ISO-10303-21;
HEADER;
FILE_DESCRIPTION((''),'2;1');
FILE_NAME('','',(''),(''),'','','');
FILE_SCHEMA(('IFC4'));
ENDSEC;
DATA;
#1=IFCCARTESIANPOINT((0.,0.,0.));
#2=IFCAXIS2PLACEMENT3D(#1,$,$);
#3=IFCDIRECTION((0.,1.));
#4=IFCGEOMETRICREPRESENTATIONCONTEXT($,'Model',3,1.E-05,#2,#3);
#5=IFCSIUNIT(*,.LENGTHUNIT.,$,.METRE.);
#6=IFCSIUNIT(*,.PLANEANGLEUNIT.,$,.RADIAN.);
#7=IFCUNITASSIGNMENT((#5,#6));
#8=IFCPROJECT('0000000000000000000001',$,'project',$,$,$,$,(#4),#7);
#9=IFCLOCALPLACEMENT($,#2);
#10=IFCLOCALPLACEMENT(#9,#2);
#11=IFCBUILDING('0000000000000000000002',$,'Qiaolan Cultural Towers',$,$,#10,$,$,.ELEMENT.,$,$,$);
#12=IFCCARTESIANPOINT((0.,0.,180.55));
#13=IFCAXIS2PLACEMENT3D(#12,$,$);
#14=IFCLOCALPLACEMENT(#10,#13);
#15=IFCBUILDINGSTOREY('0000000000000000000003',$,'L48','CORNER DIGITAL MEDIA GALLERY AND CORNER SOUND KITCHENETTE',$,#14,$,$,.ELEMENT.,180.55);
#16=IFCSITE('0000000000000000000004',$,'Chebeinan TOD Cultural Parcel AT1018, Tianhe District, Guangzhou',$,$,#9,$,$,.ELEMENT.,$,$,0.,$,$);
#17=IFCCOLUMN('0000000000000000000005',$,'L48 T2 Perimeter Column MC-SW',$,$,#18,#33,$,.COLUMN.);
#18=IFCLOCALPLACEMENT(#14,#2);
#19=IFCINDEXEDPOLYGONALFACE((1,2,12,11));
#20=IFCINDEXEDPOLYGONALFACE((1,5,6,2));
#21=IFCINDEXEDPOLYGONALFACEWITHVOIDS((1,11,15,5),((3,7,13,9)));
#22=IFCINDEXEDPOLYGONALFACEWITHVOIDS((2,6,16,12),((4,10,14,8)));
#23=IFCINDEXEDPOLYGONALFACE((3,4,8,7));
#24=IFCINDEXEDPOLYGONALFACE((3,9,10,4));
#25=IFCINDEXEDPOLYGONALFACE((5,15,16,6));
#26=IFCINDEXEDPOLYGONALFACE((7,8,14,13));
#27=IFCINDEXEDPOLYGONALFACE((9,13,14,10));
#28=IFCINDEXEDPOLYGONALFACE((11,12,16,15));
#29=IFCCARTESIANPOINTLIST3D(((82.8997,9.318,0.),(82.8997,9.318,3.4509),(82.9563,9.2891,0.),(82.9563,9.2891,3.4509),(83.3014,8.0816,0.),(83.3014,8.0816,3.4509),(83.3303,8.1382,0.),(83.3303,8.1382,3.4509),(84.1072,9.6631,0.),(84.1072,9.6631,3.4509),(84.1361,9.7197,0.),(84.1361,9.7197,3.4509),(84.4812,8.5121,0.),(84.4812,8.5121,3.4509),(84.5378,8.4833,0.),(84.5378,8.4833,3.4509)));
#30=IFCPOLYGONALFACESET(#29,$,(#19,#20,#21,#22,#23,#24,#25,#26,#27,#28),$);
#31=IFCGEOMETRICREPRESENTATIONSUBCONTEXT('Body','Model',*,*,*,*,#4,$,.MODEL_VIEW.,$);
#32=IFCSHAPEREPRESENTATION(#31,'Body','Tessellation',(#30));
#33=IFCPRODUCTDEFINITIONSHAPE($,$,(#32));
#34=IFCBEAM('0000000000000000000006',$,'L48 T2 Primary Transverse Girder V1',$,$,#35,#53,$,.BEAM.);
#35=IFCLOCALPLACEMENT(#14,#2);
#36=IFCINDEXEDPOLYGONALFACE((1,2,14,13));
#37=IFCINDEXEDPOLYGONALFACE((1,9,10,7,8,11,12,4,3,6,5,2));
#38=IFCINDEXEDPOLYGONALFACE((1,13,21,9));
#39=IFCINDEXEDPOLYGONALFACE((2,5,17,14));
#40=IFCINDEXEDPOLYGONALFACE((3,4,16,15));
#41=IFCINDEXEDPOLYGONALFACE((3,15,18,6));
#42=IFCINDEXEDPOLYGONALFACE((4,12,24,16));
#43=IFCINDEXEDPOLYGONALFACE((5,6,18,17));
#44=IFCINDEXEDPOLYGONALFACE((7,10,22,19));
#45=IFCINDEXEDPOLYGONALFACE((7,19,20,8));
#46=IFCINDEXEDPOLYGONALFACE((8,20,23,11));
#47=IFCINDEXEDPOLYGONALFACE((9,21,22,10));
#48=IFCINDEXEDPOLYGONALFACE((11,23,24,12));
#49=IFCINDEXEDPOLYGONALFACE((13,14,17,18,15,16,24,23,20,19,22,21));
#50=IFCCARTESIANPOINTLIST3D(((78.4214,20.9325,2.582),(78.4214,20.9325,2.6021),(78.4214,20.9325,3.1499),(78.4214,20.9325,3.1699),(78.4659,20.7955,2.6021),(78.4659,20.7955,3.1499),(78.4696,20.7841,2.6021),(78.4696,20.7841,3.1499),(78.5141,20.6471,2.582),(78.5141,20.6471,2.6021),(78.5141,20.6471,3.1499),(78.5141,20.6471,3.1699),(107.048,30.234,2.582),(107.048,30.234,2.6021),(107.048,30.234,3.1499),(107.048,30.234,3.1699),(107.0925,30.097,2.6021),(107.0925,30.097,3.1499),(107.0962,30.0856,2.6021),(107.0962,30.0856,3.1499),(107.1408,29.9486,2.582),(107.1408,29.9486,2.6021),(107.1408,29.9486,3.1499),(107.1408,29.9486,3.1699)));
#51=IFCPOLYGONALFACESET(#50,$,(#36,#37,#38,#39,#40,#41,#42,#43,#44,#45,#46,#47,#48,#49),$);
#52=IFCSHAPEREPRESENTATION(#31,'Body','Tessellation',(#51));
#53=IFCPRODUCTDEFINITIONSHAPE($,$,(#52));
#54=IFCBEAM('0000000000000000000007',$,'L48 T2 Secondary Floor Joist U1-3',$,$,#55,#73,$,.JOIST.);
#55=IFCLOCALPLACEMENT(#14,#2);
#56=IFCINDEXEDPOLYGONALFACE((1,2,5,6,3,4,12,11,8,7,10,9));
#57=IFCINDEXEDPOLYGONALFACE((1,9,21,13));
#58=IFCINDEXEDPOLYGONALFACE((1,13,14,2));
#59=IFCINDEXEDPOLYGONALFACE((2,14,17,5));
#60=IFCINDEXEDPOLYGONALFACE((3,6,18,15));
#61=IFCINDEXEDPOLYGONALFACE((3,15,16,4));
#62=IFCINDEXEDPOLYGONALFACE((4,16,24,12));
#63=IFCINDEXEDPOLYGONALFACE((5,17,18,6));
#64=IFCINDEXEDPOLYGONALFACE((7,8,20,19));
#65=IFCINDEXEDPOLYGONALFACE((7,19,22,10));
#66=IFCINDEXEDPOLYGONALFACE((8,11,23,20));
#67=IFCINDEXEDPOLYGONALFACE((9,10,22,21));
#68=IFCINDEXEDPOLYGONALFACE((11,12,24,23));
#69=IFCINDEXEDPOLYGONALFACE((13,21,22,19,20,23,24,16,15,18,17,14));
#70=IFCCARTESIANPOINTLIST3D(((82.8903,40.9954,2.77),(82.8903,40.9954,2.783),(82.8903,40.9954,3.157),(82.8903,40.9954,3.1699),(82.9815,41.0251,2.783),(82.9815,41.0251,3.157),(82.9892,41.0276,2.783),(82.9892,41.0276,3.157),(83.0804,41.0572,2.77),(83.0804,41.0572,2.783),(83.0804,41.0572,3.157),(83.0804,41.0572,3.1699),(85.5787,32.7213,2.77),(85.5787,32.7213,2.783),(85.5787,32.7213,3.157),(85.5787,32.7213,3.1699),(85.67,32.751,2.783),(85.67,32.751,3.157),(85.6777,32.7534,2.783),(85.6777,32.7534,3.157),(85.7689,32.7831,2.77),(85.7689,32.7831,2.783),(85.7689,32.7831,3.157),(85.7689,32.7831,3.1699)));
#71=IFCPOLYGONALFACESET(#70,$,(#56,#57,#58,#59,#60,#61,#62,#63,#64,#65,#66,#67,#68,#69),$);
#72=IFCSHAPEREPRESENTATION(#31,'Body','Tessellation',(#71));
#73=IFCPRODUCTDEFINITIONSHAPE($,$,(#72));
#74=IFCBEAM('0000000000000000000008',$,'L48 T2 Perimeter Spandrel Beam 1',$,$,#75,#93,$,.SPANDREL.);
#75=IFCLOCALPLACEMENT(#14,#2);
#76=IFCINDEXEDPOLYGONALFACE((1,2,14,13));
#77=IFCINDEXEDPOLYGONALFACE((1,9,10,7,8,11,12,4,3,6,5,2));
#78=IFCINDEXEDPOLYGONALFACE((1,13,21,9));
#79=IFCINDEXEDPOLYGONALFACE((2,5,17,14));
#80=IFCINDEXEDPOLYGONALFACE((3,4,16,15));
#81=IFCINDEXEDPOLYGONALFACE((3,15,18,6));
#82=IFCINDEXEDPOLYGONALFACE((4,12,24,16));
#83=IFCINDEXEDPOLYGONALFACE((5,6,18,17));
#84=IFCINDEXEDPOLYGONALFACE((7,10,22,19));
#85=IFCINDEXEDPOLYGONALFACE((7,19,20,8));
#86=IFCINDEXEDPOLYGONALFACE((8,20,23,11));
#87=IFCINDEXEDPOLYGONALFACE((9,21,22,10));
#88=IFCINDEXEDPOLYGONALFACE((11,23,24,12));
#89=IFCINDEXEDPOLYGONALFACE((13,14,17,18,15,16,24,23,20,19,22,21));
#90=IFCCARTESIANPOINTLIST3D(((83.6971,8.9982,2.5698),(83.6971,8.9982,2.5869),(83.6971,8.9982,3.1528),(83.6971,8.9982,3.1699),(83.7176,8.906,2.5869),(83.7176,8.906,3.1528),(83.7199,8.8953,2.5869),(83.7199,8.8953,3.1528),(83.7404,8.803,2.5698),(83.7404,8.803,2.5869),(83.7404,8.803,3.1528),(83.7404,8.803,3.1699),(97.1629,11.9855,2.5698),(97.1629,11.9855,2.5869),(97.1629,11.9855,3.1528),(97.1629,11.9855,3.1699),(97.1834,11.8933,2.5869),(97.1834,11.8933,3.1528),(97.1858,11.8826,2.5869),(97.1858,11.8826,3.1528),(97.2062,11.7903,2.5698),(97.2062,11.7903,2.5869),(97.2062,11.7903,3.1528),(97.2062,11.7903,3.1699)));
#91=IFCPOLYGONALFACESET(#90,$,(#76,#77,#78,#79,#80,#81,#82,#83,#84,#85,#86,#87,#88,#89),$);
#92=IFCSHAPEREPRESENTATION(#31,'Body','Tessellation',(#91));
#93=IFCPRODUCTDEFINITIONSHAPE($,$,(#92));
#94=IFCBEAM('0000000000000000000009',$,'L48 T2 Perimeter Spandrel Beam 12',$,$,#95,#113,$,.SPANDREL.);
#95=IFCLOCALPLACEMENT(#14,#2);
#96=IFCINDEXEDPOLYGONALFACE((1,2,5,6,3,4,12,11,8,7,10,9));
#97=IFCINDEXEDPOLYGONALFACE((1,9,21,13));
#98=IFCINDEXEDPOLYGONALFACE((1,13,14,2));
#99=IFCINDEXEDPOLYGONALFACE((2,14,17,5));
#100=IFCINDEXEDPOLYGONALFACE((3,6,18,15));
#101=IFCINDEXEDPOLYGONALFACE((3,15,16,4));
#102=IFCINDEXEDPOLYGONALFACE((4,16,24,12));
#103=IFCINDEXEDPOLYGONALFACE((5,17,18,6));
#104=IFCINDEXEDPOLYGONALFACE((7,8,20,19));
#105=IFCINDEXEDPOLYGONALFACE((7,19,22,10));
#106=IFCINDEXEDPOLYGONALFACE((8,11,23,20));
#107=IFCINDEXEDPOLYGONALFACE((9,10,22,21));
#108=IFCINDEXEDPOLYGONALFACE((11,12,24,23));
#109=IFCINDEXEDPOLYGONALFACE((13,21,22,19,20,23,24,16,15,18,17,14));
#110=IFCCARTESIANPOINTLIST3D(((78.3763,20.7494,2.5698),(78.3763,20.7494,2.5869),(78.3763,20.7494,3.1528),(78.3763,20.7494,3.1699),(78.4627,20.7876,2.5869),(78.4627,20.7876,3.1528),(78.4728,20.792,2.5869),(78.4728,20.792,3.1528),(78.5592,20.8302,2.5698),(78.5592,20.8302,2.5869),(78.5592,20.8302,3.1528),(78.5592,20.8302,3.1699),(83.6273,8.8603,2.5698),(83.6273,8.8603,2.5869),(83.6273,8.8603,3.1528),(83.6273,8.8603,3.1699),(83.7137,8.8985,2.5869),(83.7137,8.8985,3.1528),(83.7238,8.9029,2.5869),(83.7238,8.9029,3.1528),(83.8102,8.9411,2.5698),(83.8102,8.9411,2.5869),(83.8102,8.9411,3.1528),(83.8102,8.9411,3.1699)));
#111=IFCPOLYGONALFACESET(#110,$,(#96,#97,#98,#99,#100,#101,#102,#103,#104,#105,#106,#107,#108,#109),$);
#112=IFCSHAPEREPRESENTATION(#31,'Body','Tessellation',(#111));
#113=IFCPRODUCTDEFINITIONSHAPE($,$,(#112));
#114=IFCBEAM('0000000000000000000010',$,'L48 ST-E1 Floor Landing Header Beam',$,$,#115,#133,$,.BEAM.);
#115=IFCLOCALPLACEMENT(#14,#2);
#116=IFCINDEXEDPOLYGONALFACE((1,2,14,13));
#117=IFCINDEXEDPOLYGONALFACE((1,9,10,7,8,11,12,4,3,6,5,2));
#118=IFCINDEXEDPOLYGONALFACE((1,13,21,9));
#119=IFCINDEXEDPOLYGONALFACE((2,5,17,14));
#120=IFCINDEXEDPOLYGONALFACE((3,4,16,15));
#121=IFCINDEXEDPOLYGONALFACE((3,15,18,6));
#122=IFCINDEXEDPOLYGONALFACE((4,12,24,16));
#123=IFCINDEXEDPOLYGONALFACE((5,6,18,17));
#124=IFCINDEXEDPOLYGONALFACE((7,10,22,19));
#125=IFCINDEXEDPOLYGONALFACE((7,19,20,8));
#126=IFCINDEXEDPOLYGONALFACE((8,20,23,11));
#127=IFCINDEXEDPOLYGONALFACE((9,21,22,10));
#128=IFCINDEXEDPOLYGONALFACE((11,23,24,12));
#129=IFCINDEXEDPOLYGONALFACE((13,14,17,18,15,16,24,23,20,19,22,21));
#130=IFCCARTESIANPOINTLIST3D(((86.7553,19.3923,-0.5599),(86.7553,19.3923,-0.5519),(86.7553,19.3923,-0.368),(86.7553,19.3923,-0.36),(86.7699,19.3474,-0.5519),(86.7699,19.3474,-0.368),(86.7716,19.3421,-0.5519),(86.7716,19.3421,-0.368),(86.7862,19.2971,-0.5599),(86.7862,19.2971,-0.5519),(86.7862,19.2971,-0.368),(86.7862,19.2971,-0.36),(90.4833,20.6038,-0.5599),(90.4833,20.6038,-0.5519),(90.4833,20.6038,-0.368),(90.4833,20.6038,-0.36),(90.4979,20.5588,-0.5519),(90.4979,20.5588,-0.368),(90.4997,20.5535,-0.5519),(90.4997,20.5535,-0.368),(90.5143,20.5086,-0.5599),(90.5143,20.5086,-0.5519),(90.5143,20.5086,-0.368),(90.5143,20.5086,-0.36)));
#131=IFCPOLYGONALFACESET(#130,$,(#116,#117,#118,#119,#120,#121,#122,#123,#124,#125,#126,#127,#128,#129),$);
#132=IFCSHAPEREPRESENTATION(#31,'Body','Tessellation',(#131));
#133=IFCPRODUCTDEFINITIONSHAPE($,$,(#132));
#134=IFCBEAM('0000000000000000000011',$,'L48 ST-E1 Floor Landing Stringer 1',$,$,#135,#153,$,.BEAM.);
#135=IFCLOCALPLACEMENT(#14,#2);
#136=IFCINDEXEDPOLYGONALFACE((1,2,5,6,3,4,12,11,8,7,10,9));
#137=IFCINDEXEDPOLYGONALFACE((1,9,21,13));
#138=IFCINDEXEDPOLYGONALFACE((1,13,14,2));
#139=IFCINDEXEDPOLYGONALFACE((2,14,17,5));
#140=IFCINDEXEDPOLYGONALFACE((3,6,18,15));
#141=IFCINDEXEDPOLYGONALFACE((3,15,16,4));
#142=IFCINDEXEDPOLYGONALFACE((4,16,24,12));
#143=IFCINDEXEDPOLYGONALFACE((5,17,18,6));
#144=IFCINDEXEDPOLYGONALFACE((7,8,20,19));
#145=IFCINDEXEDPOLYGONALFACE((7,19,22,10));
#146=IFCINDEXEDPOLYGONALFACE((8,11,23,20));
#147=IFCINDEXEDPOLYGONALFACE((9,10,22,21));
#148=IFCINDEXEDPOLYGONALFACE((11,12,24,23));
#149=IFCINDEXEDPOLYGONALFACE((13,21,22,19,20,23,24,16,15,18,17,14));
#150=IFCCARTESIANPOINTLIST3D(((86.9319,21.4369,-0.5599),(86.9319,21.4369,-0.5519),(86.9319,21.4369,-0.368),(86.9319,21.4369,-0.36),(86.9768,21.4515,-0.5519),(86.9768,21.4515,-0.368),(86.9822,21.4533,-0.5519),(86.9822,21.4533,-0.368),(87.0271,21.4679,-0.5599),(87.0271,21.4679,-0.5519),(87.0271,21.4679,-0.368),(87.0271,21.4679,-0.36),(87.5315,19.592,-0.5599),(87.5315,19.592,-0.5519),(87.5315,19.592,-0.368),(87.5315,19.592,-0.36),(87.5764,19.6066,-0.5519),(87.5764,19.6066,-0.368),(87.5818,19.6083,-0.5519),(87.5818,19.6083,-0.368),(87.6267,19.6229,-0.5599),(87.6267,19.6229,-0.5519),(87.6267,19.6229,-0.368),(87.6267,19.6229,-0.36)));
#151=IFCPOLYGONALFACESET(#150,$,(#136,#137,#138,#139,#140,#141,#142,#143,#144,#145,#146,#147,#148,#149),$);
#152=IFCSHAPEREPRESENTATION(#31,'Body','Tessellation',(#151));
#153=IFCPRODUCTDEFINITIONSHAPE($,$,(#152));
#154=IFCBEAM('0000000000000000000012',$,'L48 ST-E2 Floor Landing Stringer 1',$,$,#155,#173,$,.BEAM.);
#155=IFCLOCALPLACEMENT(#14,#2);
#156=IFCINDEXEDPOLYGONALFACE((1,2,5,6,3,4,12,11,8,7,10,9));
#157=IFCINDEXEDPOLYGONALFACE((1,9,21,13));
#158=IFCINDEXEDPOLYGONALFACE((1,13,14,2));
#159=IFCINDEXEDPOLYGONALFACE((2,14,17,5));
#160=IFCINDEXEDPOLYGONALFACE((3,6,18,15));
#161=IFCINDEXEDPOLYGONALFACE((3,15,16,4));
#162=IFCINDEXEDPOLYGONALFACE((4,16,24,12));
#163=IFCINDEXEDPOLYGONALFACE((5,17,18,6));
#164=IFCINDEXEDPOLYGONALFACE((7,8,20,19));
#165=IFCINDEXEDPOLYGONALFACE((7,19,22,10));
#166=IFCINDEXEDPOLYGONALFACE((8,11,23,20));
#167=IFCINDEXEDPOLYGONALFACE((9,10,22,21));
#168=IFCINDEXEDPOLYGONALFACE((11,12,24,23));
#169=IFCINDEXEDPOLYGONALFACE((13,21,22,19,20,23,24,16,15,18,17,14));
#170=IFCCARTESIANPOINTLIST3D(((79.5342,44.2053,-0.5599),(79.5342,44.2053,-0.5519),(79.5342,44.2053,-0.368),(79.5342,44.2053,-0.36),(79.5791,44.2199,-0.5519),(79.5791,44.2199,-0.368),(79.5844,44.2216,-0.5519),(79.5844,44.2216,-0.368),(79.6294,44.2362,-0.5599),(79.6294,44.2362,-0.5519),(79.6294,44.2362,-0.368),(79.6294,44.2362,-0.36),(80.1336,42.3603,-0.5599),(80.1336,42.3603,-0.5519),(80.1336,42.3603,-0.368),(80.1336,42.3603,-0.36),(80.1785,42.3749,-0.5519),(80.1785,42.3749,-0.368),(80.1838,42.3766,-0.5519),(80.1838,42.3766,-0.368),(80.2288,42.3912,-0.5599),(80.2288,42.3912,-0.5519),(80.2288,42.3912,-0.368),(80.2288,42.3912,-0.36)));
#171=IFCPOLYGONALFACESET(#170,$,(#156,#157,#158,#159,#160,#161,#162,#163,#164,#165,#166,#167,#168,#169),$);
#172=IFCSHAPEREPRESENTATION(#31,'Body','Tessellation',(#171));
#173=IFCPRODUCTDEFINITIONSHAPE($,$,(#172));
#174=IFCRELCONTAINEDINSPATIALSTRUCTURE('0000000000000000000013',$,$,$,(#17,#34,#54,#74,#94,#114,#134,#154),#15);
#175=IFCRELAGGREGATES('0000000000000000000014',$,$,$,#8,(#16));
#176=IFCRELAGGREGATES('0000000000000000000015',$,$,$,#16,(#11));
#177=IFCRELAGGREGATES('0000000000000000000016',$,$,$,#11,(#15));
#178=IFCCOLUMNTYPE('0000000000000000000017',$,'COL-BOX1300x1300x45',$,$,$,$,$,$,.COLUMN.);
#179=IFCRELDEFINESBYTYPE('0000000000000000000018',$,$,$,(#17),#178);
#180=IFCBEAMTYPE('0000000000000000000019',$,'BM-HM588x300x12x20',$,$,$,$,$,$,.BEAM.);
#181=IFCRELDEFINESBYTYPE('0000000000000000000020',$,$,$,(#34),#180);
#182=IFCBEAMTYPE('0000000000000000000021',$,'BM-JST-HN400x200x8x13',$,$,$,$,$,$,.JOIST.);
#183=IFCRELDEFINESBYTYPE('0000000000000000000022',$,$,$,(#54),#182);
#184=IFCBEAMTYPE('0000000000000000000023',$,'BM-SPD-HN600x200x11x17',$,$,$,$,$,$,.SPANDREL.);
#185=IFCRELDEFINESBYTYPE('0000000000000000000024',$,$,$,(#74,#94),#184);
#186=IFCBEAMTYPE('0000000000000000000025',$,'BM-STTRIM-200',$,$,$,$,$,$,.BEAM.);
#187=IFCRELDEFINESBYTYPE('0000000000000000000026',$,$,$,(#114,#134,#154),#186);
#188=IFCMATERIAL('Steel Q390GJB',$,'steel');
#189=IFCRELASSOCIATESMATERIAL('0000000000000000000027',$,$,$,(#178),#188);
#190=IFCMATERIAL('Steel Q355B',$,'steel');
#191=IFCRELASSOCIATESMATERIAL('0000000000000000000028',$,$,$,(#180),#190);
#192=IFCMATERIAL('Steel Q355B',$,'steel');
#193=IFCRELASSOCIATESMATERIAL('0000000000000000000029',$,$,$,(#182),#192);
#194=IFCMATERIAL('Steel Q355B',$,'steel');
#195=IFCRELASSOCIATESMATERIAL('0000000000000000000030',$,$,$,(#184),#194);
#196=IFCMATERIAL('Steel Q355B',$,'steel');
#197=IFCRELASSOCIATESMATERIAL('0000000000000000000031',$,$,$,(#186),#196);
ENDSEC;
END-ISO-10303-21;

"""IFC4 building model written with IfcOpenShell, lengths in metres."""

from ifc_helpers import new_model, si_unit, direction, frame, origin, origin_2d, place, context, subcontext, project, spatial, hollow_rectangle, i_section, extrude, material, material_profile, profile_set, type_object, element, save


model = new_model("IFC4")

# Units and contexts
model_context = context("Model", 3, precision=1e-05, world=origin(), true_north=direction((0.0, 1.0)))
body_context = subcontext(model_context, "Body", "Model", "MODEL_VIEW")
ifc_project = project(units=[si_unit("LENGTHUNIT", "METRE"), si_unit("PLANEANGLEUNIT", "RADIAN")], contexts=[model_context])

# Site, building, storey
site_placement = place(None, origin())
site = spatial("IfcSite", under=ifc_project, at=site_placement, Name="Chebeinan TOD Cultural Parcel AT1018, Tianhe District, Guangzhou", CompositionType="ELEMENT", RefElevation=0.0)
building_placement = place(site_placement, origin())
building = spatial("IfcBuilding", under=site, at=building_placement, Name="Qiaolan Cultural Towers", CompositionType="ELEMENT")
storey_placement = place(building_placement, frame((0.0, 0.0, 180.55)))
storey = spatial("IfcBuildingStorey", under=building, at=storey_placement, Name="L48", Description="CORNER DIGITAL MEDIA GALLERY AND CORNER SOUND KITCHENETTE", CompositionType="ELEMENT", Elevation=180.55)

# Column
ifc_material_1 = material(Name="Steel Q390GJB", Category="steel")
ifc_material_profile_1 = material_profile(ifc_material_1, hollow_rectangle(XDim=1.3, YDim=1.3, WallThickness=0.0449, at=origin_2d()), Name="BOX1300x1300x45")
ifc_profile_set_1 = profile_set([ifc_material_profile_1], Name="Steel Q390GJB")
column_type = type_object("IfcColumnType", Name="COL-BOX1300x1300x45", PredefinedType="COLUMN", material=ifc_profile_set_1)
column_placement = place(storey_placement, frame((83.7188, 8.9006, 0.0), z_axis=(0.0, 0.0, 1.0), x_axis=(0.951057, 0.309017, 0.0)))
element("IfcColumn", 1, at=column_placement, inside=storey, type_object=column_type, Name="L48 T2 Perimeter Column MC-SW", PredefinedType="COLUMN", context=body_context, shape_type="SweptSolid", body=[
    extrude(hollow_rectangle(XDim=1.3, YDim=1.3, WallThickness=0.0449, at=origin_2d()), origin(), (0.0, 0.0, 1.0), 3.4509),
])

# Beams
ifc_material_2 = material(Name="Steel Q355B", Category="steel")
ifc_material_profile_2 = material_profile(ifc_material_2, i_section(OverallWidth=0.3, OverallDepth=0.5879, WebThickness=0.012, FlangeThickness=0.02, at=origin_2d()), Name="HM588x300x12x20")
ifc_profile_set_2 = profile_set([ifc_material_profile_2], Name="Steel Q355B")
beam_type_1 = type_object("IfcBeamType", Name="BM-HM588x300x12x20", PredefinedType="BEAM", material=ifc_profile_set_2)
beam_1_placement = place(storey_placement, frame((78.4678, 20.7898, 2.876), z_axis=(0.951055, 0.309021, 0.0), x_axis=(-0.309021, 0.951055, 0.0)))
element("IfcBeam", 2, at=beam_1_placement, inside=storey, type_object=beam_type_1, Name="L48 T2 Primary Transverse Girder V1", PredefinedType="BEAM", context=body_context, shape_type="SweptSolid", body=[
    extrude(i_section(OverallWidth=0.3, OverallDepth=0.5879, WebThickness=0.012, FlangeThickness=0.02, at=origin_2d()), origin(), (0.0, 0.0, 1.0), 30.0999),
])
ifc_material_3 = material(Name="Steel Q355B", Category="steel")
ifc_material_profile_3 = material_profile(ifc_material_3, i_section(OverallWidth=0.2, OverallDepth=0.3999, WebThickness=0.0081, FlangeThickness=0.0129, at=origin_2d()), Name="HN400x200x8x13")
ifc_profile_set_3 = profile_set([ifc_material_profile_3], Name="Steel Q355B")
beam_type_2 = type_object("IfcBeamType", Name="BM-JST-HN400x200x8x13", PredefinedType="JOIST", material=ifc_profile_set_3)
beam_2_placement = place(storey_placement, frame((85.6738, 32.7522, 2.97), z_axis=(-0.309021, 0.951055, 0.0), x_axis=(-0.951055, -0.309021, 0.0)))
element("IfcBeam", 3, at=beam_2_placement, inside=storey, type_object=beam_type_2, Name="L48 T2 Secondary Floor Joist U1-3", PredefinedType="JOIST", context=body_context, shape_type="SweptSolid", body=[
    extrude(i_section(OverallWidth=0.2, OverallDepth=0.3999, WebThickness=0.0081, FlangeThickness=0.0129, at=origin_2d()), origin(), (0.0, 0.0, 1.0), 8.7),
])
ifc_material_4 = material(Name="Steel Q355B", Category="steel")
ifc_material_profile_4 = material_profile(ifc_material_4, i_section(OverallWidth=0.2, OverallDepth=0.6001, WebThickness=0.011, FlangeThickness=0.0171, at=origin_2d()), Name="HN600x200x11x17")
ifc_profile_set_4 = profile_set([ifc_material_profile_4], Name="Steel Q355B")
beam_type_3 = type_object("IfcBeamType", Name="BM-SPD-HN600x200x11x17", PredefinedType="SPANDREL", material=ifc_profile_set_4)
beam_3_placement = place(storey_placement, frame((83.7188, 8.9006, 2.8699), z_axis=(0.976265, 0.216578, 0.0), x_axis=(-0.216578, 0.976265, 0.0)))
element("IfcBeam", 4, at=beam_3_placement, inside=storey, type_object=beam_type_3, Name="L48 T2 Perimeter Spandrel Beam 1", PredefinedType="SPANDREL", context=body_context, shape_type="SweptSolid", body=[
    extrude(i_section(OverallWidth=0.2, OverallDepth=0.6001, WebThickness=0.011, FlangeThickness=0.0171, at=origin_2d()), origin(), (0.0, 0.0, 1.0), 13.7932),
])
beam_4_placement = place(storey_placement, frame((78.4678, 20.7898, 2.8699), z_axis=(0.404011, -0.914754, 0.0), x_axis=(0.914754, 0.404011, 0.0)))
element("IfcBeam", 5, at=beam_4_placement, inside=storey, type_object=beam_type_3, Name="L48 T2 Perimeter Spandrel Beam 12", PredefinedType="SPANDREL", context=body_context, shape_type="SweptSolid", body=[
    extrude(i_section(OverallWidth=0.2, OverallDepth=0.6001, WebThickness=0.011, FlangeThickness=0.0171, at=origin_2d()), origin(), (0.0, 0.0, 1.0), 12.9971),
])
ifc_material_5 = material(Name="Steel Q355B", Category="steel")
ifc_material_profile_5 = material_profile(ifc_material_5, i_section(OverallWidth=0.1001, OverallDepth=0.2, WebThickness=0.0056, FlangeThickness=0.0081, at=origin_2d()), Name="HN200x100x5.5x8")
ifc_profile_set_5 = profile_set([ifc_material_profile_5], Name="Steel Q355B")
beam_type_4 = type_object("IfcBeamType", Name="BM-STTRIM-200", PredefinedType="BEAM", material=ifc_profile_set_5)
beam_5_placement = place(storey_placement, frame((86.7708, 19.3447, -0.46), z_axis=(0.951048, 0.309044, 0.0), x_axis=(-0.309044, 0.951048, 0.0)))
element("IfcBeam", 6, at=beam_5_placement, inside=storey, type_object=beam_type_4, Name="L48 ST-E1 Floor Landing Header Beam", PredefinedType="BEAM", context=body_context, shape_type="SweptSolid", body=[
    extrude(i_section(OverallWidth=0.1001, OverallDepth=0.2, WebThickness=0.0056, FlangeThickness=0.0081, at=origin_2d()), origin(), (0.0, 0.0, 1.0), 3.9199),
])
for number, where, z_axis, x_axis, name in (
    (7, (86.9795, 21.4524, -0.46), (0.309083, -0.951035, 0.0), (0.951035, 0.309083, 0.0), "L48 ST-E1 Floor Landing Stringer 1"),
    (8, (80.1812, 42.3757, -0.46), (-0.308969, 0.951072, 0.0), (-0.951072, -0.308969, 0.0), "L48 ST-E2 Floor Landing Stringer 1"),
):
    element("IfcBeam", number, at=place(storey_placement, frame(where, z_axis=z_axis, x_axis=x_axis)), inside=storey, type_object=beam_type_4, Name=name, PredefinedType="BEAM", context=body_context, shape_type="SweptSolid", body=[
        extrude(i_section(OverallWidth=0.1001, OverallDepth=0.2, WebThickness=0.0056, FlangeThickness=0.0081, at=origin_2d()), origin(), (0.0, 0.0, 1.0), 1.9399),
    ])

save(model, "model.ifc")
